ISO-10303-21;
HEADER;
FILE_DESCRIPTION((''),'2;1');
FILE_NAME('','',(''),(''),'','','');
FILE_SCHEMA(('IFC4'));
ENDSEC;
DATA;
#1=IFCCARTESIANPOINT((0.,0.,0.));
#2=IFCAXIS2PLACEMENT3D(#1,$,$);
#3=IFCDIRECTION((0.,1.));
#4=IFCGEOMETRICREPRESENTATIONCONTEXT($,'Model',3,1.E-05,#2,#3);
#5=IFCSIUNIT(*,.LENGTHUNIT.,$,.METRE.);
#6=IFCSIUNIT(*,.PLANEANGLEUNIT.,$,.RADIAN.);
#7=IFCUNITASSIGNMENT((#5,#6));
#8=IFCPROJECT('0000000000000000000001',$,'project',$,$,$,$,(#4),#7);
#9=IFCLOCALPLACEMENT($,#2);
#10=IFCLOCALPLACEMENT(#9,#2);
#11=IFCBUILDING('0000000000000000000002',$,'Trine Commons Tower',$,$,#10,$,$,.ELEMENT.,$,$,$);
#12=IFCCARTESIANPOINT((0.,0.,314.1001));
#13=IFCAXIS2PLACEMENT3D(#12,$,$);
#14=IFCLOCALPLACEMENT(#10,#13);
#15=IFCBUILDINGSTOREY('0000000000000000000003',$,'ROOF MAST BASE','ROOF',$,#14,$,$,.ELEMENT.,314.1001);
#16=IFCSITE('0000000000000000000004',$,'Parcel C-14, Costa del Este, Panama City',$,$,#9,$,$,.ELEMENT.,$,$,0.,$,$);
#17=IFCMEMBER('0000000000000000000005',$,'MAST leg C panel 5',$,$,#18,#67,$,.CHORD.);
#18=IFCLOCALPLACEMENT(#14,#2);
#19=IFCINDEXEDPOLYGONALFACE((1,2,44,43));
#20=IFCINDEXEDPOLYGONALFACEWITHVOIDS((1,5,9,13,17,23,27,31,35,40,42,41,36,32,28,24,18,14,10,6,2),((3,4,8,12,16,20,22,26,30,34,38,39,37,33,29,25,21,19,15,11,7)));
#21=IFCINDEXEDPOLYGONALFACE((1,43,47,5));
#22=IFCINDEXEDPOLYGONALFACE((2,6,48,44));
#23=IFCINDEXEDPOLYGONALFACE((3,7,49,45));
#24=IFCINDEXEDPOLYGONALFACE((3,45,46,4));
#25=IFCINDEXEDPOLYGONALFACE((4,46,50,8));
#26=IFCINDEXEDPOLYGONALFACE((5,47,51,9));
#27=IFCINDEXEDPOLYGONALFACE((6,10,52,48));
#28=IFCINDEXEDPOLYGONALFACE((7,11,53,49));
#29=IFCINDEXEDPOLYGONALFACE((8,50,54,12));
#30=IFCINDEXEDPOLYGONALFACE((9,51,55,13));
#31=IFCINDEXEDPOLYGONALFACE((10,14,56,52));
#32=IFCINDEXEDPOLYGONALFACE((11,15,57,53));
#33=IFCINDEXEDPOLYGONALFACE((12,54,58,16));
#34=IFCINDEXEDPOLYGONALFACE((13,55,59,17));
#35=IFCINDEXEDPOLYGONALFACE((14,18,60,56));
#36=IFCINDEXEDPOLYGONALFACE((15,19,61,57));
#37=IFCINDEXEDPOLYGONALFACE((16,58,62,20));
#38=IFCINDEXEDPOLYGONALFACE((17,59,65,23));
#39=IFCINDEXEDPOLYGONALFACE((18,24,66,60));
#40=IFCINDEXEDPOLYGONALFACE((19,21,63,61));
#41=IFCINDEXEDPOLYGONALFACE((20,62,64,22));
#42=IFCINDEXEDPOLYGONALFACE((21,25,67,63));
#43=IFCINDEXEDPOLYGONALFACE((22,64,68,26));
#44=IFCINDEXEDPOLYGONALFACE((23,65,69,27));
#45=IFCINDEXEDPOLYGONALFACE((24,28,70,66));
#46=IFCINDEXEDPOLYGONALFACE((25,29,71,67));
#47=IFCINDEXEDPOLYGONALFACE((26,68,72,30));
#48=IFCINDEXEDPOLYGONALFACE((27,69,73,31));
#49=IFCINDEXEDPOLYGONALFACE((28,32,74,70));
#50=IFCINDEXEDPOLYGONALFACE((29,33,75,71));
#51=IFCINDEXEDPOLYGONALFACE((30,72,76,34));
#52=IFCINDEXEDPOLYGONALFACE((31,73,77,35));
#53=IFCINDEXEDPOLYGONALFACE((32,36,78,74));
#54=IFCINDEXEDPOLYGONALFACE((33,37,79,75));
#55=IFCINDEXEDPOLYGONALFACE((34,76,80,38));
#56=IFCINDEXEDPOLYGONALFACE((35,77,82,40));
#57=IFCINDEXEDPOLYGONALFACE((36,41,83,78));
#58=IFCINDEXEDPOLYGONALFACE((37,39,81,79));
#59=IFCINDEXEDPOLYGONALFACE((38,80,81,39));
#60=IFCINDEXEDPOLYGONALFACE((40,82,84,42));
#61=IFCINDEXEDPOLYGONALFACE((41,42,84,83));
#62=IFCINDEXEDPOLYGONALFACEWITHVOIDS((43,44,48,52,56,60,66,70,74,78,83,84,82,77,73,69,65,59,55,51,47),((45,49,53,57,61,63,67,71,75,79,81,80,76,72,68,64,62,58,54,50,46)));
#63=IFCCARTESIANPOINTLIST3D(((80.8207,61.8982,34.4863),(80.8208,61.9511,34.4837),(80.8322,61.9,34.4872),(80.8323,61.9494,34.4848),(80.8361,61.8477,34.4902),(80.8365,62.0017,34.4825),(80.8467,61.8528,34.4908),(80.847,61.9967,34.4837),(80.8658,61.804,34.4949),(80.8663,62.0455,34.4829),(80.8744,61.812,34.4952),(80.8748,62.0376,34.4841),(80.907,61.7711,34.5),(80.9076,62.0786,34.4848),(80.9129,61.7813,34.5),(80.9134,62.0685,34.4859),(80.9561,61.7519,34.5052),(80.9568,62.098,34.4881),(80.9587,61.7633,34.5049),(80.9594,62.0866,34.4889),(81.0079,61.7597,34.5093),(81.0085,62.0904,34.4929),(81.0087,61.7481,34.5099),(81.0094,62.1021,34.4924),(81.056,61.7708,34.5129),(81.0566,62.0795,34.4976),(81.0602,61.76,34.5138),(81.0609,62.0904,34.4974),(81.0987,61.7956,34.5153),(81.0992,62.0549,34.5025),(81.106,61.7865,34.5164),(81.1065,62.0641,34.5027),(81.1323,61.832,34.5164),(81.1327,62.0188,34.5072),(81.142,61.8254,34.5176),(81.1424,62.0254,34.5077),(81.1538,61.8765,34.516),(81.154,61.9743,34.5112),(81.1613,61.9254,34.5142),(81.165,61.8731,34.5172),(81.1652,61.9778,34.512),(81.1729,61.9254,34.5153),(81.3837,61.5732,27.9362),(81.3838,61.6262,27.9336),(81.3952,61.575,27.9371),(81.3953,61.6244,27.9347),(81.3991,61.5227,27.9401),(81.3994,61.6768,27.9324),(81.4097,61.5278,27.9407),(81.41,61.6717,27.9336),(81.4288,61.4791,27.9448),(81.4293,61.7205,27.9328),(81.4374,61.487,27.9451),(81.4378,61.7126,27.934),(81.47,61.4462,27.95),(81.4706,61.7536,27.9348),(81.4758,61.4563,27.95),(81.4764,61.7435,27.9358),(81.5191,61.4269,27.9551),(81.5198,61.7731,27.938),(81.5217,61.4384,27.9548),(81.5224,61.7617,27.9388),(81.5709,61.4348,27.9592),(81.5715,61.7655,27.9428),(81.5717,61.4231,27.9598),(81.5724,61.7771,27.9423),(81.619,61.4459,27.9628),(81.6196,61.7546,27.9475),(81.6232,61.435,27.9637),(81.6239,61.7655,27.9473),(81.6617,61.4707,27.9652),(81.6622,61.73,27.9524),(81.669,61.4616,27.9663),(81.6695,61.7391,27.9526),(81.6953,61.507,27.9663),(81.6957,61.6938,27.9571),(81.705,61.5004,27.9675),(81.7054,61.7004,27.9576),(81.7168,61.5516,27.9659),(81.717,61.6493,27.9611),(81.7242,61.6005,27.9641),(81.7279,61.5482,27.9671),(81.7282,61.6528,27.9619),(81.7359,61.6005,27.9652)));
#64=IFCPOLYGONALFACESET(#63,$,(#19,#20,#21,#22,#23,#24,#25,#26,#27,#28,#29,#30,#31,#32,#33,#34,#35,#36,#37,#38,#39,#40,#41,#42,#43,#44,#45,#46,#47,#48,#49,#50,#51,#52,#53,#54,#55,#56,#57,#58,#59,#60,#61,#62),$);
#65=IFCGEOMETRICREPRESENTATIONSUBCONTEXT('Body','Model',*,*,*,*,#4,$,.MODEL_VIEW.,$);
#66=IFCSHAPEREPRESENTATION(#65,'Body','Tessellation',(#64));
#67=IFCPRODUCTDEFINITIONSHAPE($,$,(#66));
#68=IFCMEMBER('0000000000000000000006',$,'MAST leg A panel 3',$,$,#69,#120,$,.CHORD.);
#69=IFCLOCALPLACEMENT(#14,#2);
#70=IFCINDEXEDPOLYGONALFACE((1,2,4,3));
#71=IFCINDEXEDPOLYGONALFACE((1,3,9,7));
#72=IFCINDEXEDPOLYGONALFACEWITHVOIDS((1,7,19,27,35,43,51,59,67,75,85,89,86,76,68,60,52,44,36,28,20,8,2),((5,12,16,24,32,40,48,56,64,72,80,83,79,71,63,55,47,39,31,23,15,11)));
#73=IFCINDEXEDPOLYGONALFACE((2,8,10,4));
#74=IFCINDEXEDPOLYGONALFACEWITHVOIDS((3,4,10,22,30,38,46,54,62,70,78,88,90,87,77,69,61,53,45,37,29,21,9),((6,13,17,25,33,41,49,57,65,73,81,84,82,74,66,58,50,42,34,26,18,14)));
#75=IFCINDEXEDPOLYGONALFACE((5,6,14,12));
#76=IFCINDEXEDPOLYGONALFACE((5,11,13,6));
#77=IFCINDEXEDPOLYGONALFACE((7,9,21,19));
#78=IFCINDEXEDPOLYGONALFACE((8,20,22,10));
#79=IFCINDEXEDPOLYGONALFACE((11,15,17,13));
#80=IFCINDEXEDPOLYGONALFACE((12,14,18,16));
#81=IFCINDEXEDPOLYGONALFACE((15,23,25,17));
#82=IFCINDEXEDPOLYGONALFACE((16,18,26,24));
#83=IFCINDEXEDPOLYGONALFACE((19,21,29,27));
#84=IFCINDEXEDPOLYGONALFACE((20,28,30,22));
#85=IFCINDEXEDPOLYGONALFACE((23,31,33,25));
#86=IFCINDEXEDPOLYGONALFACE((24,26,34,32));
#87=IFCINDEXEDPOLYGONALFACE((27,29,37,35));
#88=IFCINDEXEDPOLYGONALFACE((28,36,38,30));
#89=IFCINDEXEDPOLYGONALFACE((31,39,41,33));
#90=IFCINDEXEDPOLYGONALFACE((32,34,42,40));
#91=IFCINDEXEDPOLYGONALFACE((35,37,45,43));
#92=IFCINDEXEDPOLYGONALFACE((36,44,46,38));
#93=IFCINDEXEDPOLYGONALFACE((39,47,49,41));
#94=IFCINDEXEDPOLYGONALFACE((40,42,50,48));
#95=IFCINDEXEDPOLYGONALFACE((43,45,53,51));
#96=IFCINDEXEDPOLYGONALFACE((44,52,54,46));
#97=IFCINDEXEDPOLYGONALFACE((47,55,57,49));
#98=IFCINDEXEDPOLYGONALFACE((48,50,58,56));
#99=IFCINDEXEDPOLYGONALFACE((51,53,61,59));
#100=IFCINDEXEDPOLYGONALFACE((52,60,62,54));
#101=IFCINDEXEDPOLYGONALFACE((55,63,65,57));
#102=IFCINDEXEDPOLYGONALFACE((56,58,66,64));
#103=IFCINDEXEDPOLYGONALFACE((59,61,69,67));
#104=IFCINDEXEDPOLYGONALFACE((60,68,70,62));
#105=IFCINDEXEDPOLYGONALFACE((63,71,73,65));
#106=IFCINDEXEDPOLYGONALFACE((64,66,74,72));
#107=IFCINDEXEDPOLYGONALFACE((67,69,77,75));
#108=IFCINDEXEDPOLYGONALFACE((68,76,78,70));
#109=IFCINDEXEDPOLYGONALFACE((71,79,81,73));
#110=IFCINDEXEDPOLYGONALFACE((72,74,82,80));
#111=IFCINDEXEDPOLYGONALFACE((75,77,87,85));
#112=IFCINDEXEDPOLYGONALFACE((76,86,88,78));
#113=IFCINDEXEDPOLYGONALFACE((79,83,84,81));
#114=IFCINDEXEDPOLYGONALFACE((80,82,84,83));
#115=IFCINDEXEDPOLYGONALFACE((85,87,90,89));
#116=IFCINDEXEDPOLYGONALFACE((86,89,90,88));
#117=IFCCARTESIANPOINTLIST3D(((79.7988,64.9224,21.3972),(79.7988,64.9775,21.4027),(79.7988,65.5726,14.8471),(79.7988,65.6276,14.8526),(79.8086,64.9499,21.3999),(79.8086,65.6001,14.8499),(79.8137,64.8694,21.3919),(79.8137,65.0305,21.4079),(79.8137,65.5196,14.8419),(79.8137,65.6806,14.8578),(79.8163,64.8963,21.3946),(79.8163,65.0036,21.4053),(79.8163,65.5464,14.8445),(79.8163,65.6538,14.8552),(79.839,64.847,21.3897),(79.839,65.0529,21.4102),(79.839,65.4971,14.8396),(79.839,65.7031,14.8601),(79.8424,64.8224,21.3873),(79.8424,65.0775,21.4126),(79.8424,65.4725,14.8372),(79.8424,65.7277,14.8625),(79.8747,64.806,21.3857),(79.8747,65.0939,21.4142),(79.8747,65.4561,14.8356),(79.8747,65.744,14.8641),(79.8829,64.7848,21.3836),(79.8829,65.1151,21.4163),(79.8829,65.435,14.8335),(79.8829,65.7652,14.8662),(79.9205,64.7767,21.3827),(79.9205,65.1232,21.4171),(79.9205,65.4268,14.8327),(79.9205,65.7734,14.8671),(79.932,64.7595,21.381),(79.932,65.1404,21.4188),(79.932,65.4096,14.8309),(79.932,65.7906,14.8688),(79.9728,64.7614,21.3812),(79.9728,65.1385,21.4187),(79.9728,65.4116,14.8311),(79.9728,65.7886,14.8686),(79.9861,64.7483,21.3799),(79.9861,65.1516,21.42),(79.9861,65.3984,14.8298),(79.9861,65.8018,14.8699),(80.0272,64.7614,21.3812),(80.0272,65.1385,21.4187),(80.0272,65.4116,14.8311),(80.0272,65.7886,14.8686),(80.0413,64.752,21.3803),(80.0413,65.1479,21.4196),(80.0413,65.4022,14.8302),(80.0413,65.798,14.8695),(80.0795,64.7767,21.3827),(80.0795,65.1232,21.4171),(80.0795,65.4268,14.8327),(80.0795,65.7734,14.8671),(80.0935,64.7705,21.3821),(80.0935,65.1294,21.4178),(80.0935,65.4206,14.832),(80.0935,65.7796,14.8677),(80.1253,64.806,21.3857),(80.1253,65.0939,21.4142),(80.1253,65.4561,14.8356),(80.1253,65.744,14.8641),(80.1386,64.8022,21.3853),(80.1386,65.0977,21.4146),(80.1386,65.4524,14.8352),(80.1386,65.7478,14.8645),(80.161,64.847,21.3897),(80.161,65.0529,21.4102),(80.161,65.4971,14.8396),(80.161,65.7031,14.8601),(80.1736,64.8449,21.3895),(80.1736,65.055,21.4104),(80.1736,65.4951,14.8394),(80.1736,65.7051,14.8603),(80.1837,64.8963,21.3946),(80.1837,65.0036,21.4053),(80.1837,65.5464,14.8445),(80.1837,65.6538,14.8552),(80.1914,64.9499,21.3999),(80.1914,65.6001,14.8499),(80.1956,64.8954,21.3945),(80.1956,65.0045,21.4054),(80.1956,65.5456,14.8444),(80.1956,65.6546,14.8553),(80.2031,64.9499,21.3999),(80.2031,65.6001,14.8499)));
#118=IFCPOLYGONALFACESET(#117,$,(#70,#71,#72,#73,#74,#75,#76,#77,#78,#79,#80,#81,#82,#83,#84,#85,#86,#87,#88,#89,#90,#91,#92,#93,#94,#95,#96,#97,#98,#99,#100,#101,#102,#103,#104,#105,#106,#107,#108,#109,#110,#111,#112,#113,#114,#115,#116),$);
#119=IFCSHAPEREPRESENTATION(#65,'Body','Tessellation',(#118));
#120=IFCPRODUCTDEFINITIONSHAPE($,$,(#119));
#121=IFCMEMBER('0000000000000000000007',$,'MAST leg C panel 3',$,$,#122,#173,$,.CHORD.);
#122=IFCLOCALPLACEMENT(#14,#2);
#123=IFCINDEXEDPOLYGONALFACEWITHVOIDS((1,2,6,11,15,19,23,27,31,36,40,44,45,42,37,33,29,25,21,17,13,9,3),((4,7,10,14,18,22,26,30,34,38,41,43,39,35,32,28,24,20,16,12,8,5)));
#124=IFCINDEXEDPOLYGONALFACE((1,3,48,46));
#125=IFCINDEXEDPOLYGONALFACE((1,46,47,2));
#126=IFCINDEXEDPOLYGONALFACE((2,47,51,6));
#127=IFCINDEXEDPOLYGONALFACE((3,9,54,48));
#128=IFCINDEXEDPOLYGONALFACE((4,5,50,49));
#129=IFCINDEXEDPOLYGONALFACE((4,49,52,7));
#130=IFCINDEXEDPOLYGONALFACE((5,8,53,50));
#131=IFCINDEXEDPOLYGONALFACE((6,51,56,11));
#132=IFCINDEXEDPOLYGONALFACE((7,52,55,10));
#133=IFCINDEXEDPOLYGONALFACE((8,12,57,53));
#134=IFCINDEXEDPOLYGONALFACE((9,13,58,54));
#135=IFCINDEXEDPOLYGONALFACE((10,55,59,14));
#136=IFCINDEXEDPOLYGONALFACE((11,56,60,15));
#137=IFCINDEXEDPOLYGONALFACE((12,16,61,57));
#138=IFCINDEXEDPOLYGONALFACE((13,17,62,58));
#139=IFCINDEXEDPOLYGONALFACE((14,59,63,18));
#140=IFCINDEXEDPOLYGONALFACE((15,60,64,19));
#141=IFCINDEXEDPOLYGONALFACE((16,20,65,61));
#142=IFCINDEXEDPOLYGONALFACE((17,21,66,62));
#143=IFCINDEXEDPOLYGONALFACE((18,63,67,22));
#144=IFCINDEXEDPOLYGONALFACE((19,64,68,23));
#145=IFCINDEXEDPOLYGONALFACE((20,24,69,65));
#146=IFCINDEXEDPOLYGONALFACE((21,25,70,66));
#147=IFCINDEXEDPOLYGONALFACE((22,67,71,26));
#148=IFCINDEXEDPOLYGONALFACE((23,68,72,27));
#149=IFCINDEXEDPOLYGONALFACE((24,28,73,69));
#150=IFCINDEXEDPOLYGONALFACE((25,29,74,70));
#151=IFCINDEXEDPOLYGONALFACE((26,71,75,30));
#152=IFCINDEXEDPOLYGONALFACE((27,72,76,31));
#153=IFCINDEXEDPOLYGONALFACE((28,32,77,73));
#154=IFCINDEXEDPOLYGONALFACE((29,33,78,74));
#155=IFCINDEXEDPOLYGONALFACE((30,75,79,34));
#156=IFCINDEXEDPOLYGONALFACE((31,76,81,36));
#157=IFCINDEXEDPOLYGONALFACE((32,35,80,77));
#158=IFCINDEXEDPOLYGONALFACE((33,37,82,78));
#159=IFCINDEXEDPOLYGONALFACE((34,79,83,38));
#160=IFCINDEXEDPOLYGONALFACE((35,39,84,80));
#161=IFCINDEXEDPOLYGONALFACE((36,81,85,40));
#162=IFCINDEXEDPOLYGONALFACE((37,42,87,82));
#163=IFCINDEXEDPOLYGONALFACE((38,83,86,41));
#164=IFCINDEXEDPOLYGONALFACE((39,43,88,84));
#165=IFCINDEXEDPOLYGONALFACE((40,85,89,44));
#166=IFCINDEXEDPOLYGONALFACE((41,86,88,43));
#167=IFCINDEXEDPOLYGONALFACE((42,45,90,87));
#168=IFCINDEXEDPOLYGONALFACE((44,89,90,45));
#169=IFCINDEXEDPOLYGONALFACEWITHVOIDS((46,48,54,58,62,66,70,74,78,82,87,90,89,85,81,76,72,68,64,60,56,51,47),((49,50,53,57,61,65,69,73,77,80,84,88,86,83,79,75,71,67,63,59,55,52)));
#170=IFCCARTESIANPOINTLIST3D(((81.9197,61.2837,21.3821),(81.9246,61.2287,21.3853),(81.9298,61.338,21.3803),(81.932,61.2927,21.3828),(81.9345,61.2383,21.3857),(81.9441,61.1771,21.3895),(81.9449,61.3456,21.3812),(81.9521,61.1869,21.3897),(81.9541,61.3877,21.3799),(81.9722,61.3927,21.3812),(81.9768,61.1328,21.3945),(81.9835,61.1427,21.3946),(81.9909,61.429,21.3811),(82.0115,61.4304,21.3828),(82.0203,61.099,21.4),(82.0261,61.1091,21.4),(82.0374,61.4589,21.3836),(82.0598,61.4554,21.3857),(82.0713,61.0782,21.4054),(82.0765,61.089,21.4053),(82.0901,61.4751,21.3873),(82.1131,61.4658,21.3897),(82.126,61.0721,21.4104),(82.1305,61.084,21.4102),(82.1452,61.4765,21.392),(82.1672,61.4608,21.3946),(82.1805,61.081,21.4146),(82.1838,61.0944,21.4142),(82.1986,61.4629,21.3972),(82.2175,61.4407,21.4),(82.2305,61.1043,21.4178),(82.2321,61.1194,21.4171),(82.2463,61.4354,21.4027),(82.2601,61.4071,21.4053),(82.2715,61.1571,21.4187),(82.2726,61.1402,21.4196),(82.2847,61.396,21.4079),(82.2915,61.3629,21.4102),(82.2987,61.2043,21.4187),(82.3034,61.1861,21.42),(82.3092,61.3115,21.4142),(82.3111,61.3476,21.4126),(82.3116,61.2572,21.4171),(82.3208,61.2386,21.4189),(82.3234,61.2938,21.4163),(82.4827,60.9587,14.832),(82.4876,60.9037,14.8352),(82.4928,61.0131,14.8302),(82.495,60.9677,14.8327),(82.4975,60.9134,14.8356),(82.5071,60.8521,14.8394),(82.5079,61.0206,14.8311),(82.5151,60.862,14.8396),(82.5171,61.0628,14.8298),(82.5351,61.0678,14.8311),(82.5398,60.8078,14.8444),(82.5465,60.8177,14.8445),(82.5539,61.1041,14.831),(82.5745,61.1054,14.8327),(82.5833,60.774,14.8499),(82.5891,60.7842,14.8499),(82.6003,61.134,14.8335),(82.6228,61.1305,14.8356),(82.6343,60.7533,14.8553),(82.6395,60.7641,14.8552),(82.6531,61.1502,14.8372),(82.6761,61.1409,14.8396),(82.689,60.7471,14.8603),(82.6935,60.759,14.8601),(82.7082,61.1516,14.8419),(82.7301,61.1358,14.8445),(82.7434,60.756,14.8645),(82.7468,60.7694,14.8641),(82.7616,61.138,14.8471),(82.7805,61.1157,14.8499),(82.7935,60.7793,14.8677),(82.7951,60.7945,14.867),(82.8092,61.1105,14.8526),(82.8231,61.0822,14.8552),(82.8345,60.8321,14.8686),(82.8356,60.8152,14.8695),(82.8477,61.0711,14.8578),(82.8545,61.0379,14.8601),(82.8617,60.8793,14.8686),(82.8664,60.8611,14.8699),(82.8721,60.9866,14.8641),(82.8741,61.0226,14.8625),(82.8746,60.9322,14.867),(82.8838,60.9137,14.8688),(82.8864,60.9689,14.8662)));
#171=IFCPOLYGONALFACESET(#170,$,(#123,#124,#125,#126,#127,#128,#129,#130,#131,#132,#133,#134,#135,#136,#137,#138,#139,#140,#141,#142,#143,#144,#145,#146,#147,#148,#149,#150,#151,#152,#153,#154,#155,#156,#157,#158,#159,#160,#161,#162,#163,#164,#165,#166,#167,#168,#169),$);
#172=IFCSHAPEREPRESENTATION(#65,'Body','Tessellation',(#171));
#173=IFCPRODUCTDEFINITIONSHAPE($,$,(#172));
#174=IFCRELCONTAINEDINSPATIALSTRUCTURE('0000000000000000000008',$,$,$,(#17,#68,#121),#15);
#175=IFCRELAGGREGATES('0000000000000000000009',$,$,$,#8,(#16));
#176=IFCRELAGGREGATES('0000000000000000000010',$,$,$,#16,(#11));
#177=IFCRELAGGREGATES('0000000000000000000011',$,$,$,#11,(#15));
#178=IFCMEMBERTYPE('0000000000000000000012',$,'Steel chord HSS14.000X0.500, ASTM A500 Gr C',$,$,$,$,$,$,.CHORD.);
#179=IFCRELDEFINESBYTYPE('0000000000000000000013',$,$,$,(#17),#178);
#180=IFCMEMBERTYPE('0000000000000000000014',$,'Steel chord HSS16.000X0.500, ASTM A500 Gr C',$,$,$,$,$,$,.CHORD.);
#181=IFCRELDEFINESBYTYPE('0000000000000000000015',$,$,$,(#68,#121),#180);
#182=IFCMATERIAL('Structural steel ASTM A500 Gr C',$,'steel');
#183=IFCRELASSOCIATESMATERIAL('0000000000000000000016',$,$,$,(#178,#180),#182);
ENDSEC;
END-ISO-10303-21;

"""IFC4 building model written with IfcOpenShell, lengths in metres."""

from ifc_helpers import new_model, si_unit, direction, frame, origin, origin_2d, place, context, subcontext, project, spatial, hollow_circle, extrude, material, material_profile, profile_set, type_object, element, save


model = new_model("IFC4")

# Units and contexts
model_context = context("Model", 3, precision=1e-05, world=origin(), true_north=direction((0.0, 1.0)))
body_context = subcontext(model_context, "Body", "Model", "MODEL_VIEW")
ifc_project = project(units=[si_unit("LENGTHUNIT", "METRE"), si_unit("PLANEANGLEUNIT", "RADIAN")], contexts=[model_context])

# Site, building, storey
site_placement = place(None, origin())
site = spatial("IfcSite", under=ifc_project, at=site_placement, Name="Parcel C-14, Costa del Este, Panama City", CompositionType="ELEMENT", RefElevation=0.0)
building_placement = place(site_placement, origin())
building = spatial("IfcBuilding", under=site, at=building_placement, Name="Trine Commons Tower", CompositionType="ELEMENT")
storey_placement = place(building_placement, frame((0.0, 0.0, 314.1001)))
storey = spatial("IfcBuildingStorey", under=building, at=storey_placement, Name="ROOF MAST BASE", Description="ROOF", CompositionType="ELEMENT", Elevation=314.1001)

# Members
ifc_material_1 = material(Name="Structural steel ASTM A500 Gr C", Category="steel")
ifc_material_profile_1 = material_profile(ifc_material_1, hollow_circle(Radius=0.1777, WallThickness=0.0117, at=origin_2d()), Name="HSS14.000X0.500")
ifc_profile_set_1 = profile_set([ifc_material_profile_1], Name="Structural steel ASTM A500 Gr C")
member_type_1 = type_object("IfcMemberType", Name="Steel chord HSS14.000X0.500, ASTM A500 Gr C", PredefinedType="CHORD", material=ifc_profile_set_1)
for number, where, z_axis, x_axis, name in (
    (1, (81.5588, 61.6001, 27.95), (-0.085532, 0.049368, 0.995112), (-0.499896, -0.866086, 0.0), "MAST leg C panel 5"),
):
    element("IfcMember", number, at=place(storey_placement, frame(where, z_axis=z_axis, x_axis=x_axis)), inside=storey, type_object=member_type_1, Name=name, PredefinedType="CHORD", context=body_context, shape_type="SweptSolid", body=[
        extrude(hollow_circle(Radius=0.1777, WallThickness=0.0117, at=origin_2d()), origin(), (0.0, 0.0, 1.0), 6.5823),
    ])
ifc_material_profile_2 = material_profile(ifc_material_1, hollow_circle(Radius=0.2031, WallThickness=0.0117, at=origin_2d()), Name="HSS16.000X0.500")
ifc_profile_set_2 = profile_set([ifc_material_profile_2], Name="Structural steel ASTM A500 Gr C")
member_type_2 = type_object("IfcMemberType", Name="Steel chord HSS16.000X0.500, ASTM A500 Gr C", PredefinedType="CHORD", material=ifc_profile_set_2)
for number, where, z_axis, x_axis, name in (
    (2, (80.0, 65.6001, 14.8499), (0.0, -0.098773, 0.99511), (1.0, 0.0, 0.0), "MAST leg A panel 3"),
    (3, (82.6848, 60.95, 14.8499), (-0.085532, 0.049368, 0.995112), (-0.499896, -0.866086, 0.0), "MAST leg C panel 3"),
):
    element("IfcMember", number, at=place(storey_placement, frame(where, z_axis=z_axis, x_axis=x_axis)), inside=storey, type_object=member_type_2, Name=name, PredefinedType="CHORD", context=body_context, shape_type="SweptSolid", body=[
        extrude(hollow_circle(Radius=0.2031, WallThickness=0.0117, at=origin_2d()), origin(), (0.0, 0.0, 1.0), 6.5823),
    ])

save(model, "model.ifc")
